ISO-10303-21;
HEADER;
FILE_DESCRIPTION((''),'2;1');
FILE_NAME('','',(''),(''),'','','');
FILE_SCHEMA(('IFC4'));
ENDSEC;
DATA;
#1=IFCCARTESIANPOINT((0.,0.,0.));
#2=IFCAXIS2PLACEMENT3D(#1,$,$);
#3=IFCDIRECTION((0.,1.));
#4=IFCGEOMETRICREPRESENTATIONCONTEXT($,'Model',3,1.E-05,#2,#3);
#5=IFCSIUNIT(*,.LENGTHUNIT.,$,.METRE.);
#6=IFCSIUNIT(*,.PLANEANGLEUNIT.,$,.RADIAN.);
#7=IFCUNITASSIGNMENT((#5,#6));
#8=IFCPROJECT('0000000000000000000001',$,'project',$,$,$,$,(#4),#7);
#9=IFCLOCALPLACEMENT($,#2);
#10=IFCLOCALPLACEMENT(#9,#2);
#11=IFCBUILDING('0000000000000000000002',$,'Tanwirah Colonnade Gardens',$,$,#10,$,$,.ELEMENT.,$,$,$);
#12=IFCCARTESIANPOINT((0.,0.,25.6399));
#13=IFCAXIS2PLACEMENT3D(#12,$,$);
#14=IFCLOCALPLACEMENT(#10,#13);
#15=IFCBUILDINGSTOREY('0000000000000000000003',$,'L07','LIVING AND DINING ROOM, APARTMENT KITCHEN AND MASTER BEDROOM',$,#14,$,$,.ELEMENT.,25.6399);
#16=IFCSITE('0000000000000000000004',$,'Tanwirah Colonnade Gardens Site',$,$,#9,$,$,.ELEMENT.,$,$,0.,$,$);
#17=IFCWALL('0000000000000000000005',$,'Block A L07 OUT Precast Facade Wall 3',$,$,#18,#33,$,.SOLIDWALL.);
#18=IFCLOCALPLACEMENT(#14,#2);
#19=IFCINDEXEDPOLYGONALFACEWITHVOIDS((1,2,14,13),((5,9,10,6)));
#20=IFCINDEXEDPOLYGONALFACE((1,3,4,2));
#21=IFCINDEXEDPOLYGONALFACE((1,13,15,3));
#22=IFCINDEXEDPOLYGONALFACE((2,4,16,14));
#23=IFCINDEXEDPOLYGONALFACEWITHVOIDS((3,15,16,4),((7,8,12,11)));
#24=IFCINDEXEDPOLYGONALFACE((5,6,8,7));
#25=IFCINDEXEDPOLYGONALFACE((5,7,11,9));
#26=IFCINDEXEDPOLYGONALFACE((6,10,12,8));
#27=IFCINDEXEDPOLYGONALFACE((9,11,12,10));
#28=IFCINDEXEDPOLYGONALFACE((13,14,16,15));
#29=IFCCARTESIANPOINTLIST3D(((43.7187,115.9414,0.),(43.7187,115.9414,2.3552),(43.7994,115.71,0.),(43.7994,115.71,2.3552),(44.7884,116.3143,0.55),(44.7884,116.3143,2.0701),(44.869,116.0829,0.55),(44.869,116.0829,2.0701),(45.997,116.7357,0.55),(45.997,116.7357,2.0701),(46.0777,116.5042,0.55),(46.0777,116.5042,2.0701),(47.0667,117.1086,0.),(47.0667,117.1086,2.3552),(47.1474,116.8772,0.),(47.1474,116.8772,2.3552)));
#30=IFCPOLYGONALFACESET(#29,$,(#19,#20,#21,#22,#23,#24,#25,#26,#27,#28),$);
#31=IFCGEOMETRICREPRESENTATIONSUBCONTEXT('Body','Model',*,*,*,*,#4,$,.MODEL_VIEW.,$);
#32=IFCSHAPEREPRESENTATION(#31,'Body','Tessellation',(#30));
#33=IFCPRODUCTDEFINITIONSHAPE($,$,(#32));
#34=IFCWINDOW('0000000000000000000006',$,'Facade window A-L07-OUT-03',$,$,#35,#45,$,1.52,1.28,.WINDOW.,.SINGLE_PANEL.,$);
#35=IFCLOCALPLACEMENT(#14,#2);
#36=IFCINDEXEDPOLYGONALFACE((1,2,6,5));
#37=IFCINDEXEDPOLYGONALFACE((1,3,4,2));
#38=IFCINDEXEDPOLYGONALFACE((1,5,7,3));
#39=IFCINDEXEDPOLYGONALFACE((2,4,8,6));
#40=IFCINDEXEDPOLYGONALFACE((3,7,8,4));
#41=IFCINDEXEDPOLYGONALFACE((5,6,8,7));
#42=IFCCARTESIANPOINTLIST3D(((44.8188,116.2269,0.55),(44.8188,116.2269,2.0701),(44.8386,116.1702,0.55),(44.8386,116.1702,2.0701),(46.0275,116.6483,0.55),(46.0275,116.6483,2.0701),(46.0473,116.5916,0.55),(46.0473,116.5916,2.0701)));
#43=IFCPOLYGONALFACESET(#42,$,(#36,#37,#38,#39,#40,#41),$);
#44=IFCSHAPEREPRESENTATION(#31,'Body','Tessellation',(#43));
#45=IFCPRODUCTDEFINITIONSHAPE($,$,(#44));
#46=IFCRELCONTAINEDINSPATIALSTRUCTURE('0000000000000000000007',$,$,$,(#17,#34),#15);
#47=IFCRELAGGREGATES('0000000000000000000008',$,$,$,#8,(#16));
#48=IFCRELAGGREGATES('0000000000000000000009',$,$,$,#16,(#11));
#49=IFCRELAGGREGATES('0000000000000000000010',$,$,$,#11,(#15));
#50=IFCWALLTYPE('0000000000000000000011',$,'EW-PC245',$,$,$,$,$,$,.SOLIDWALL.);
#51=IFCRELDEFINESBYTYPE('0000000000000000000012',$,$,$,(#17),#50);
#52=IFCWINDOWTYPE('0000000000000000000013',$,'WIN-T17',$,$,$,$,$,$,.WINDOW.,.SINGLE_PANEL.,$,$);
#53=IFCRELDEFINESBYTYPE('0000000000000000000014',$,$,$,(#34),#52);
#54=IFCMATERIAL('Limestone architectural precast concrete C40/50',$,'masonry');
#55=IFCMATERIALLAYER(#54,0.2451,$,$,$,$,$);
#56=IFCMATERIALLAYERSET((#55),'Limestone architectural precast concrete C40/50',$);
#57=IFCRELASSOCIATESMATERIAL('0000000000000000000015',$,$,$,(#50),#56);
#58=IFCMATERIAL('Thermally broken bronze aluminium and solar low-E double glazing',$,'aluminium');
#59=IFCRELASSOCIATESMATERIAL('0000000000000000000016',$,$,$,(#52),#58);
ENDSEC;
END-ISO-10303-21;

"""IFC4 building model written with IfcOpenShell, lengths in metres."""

from ifc_helpers import new_model, si_unit, direction, frame, frame_2d, origin, place, context, subcontext, project, spatial, rectangle, extrude, material, layer, layer_set, type_object, element, fill, save


model = new_model("IFC4")

# Units and contexts
model_context = context("Model", 3, precision=1e-05, world=origin(), true_north=direction((0.0, 1.0)))
body_context = subcontext(model_context, "Body", "Model", "MODEL_VIEW")
ifc_project = project(units=[si_unit("LENGTHUNIT", "METRE"), si_unit("PLANEANGLEUNIT", "RADIAN")], contexts=[model_context])

# Site, building, storey
site_placement = place(None, origin())
site = spatial("IfcSite", under=ifc_project, at=site_placement, Name="Tanwirah Colonnade Gardens Site", CompositionType="ELEMENT", RefElevation=0.0)
building_placement = place(site_placement, origin())
building = spatial("IfcBuilding", under=site, at=building_placement, Name="Tanwirah Colonnade Gardens", CompositionType="ELEMENT")
storey_placement = place(building_placement, frame((0.0, 0.0, 25.6399)))
storey = spatial("IfcBuildingStorey", under=building, at=storey_placement, Name="L07", Description="LIVING AND DINING ROOM, APARTMENT KITCHEN AND MASTER BEDROOM", CompositionType="ELEMENT", Elevation=25.6399)

# Shared definitions
ifc_material_1 = material(Name="Limestone architectural precast concrete C40/50", Category="masonry")
ifc_layer_1 = layer(ifc_material_1, 0.2451)
ifc_layer_set_1 = layer_set([ifc_layer_1], Name="Limestone architectural precast concrete C40/50")
wall_type = type_object("IfcWallType", Name="EW-PC245", PredefinedType="SOLIDWALL", material=ifc_layer_set_1)

# Wall, opening, window
wall_1_placement = place(storey_placement, frame((47.1072, 116.9929, 0.0), z_axis=(0.0, 0.0, 1.0), x_axis=(-0.944263, -0.329191, 0.0)))
wall_1 = element("IfcWall", 1, at=wall_1_placement, inside=storey, type_object=wall_type, Name="Block A L07 OUT Precast Facade Wall 3", PredefinedType="SOLIDWALL", context=body_context, shape_type="SweptSolid", body=[
    extrude(rectangle(XDim=3.5457, YDim=0.2451, at=frame_2d((1.7729, 0.0))), origin(), (0.0, 0.0, 1.0), 2.3552),
])
opening_1_placement = place(wall_1_placement, frame((1.1328, 0.0, 0.55)))
opening_1 = element("IfcOpeningElement", 2, at=opening_1_placement, cuts=wall_1, PredefinedType="OPENING", context=body_context, shape_type="SweptSolid", body=[
    extrude(rectangle(XDim=1.28, YDim=1.52, at=frame_2d((0.6401, 0.76))), frame((0.0, 0.1326, 0.0), z_axis=(0.0, -1.0, 0.0), x_axis=(1.0, 0.0, 0.0)), (0.0, 0.0, 1.0), 0.2651),
])
ifc_material_2 = material(Name="Thermally broken bronze aluminium and solar low-E double glazing", Category="aluminium")
window_type = type_object("IfcWindowType", Name="WIN-T17", PartitioningType="SINGLE_PANEL", PredefinedType="WINDOW", material=ifc_material_2)
window_placement = place(opening_1_placement, origin())
window = element("IfcWindow", 3, at=window_placement, inside=storey, type_object=window_type, Name="Facade window A-L07-OUT-03", OverallHeight=1.52, OverallWidth=1.28, PartitioningType="SINGLE_PANEL", PredefinedType="WINDOW", context=body_context, shape_type="SweptSolid", body=[
    extrude(rectangle(XDim=1.28, YDim=1.52, at=frame_2d((0.6401, 0.76))), frame((0.0, 0.03, 0.0), z_axis=(0.0, -1.0, 0.0), x_axis=(1.0, 0.0, 0.0)), (0.0, 0.0, 1.0), 0.0601),
])
fill(opening_1, window)

save(model, "model.ifc")
